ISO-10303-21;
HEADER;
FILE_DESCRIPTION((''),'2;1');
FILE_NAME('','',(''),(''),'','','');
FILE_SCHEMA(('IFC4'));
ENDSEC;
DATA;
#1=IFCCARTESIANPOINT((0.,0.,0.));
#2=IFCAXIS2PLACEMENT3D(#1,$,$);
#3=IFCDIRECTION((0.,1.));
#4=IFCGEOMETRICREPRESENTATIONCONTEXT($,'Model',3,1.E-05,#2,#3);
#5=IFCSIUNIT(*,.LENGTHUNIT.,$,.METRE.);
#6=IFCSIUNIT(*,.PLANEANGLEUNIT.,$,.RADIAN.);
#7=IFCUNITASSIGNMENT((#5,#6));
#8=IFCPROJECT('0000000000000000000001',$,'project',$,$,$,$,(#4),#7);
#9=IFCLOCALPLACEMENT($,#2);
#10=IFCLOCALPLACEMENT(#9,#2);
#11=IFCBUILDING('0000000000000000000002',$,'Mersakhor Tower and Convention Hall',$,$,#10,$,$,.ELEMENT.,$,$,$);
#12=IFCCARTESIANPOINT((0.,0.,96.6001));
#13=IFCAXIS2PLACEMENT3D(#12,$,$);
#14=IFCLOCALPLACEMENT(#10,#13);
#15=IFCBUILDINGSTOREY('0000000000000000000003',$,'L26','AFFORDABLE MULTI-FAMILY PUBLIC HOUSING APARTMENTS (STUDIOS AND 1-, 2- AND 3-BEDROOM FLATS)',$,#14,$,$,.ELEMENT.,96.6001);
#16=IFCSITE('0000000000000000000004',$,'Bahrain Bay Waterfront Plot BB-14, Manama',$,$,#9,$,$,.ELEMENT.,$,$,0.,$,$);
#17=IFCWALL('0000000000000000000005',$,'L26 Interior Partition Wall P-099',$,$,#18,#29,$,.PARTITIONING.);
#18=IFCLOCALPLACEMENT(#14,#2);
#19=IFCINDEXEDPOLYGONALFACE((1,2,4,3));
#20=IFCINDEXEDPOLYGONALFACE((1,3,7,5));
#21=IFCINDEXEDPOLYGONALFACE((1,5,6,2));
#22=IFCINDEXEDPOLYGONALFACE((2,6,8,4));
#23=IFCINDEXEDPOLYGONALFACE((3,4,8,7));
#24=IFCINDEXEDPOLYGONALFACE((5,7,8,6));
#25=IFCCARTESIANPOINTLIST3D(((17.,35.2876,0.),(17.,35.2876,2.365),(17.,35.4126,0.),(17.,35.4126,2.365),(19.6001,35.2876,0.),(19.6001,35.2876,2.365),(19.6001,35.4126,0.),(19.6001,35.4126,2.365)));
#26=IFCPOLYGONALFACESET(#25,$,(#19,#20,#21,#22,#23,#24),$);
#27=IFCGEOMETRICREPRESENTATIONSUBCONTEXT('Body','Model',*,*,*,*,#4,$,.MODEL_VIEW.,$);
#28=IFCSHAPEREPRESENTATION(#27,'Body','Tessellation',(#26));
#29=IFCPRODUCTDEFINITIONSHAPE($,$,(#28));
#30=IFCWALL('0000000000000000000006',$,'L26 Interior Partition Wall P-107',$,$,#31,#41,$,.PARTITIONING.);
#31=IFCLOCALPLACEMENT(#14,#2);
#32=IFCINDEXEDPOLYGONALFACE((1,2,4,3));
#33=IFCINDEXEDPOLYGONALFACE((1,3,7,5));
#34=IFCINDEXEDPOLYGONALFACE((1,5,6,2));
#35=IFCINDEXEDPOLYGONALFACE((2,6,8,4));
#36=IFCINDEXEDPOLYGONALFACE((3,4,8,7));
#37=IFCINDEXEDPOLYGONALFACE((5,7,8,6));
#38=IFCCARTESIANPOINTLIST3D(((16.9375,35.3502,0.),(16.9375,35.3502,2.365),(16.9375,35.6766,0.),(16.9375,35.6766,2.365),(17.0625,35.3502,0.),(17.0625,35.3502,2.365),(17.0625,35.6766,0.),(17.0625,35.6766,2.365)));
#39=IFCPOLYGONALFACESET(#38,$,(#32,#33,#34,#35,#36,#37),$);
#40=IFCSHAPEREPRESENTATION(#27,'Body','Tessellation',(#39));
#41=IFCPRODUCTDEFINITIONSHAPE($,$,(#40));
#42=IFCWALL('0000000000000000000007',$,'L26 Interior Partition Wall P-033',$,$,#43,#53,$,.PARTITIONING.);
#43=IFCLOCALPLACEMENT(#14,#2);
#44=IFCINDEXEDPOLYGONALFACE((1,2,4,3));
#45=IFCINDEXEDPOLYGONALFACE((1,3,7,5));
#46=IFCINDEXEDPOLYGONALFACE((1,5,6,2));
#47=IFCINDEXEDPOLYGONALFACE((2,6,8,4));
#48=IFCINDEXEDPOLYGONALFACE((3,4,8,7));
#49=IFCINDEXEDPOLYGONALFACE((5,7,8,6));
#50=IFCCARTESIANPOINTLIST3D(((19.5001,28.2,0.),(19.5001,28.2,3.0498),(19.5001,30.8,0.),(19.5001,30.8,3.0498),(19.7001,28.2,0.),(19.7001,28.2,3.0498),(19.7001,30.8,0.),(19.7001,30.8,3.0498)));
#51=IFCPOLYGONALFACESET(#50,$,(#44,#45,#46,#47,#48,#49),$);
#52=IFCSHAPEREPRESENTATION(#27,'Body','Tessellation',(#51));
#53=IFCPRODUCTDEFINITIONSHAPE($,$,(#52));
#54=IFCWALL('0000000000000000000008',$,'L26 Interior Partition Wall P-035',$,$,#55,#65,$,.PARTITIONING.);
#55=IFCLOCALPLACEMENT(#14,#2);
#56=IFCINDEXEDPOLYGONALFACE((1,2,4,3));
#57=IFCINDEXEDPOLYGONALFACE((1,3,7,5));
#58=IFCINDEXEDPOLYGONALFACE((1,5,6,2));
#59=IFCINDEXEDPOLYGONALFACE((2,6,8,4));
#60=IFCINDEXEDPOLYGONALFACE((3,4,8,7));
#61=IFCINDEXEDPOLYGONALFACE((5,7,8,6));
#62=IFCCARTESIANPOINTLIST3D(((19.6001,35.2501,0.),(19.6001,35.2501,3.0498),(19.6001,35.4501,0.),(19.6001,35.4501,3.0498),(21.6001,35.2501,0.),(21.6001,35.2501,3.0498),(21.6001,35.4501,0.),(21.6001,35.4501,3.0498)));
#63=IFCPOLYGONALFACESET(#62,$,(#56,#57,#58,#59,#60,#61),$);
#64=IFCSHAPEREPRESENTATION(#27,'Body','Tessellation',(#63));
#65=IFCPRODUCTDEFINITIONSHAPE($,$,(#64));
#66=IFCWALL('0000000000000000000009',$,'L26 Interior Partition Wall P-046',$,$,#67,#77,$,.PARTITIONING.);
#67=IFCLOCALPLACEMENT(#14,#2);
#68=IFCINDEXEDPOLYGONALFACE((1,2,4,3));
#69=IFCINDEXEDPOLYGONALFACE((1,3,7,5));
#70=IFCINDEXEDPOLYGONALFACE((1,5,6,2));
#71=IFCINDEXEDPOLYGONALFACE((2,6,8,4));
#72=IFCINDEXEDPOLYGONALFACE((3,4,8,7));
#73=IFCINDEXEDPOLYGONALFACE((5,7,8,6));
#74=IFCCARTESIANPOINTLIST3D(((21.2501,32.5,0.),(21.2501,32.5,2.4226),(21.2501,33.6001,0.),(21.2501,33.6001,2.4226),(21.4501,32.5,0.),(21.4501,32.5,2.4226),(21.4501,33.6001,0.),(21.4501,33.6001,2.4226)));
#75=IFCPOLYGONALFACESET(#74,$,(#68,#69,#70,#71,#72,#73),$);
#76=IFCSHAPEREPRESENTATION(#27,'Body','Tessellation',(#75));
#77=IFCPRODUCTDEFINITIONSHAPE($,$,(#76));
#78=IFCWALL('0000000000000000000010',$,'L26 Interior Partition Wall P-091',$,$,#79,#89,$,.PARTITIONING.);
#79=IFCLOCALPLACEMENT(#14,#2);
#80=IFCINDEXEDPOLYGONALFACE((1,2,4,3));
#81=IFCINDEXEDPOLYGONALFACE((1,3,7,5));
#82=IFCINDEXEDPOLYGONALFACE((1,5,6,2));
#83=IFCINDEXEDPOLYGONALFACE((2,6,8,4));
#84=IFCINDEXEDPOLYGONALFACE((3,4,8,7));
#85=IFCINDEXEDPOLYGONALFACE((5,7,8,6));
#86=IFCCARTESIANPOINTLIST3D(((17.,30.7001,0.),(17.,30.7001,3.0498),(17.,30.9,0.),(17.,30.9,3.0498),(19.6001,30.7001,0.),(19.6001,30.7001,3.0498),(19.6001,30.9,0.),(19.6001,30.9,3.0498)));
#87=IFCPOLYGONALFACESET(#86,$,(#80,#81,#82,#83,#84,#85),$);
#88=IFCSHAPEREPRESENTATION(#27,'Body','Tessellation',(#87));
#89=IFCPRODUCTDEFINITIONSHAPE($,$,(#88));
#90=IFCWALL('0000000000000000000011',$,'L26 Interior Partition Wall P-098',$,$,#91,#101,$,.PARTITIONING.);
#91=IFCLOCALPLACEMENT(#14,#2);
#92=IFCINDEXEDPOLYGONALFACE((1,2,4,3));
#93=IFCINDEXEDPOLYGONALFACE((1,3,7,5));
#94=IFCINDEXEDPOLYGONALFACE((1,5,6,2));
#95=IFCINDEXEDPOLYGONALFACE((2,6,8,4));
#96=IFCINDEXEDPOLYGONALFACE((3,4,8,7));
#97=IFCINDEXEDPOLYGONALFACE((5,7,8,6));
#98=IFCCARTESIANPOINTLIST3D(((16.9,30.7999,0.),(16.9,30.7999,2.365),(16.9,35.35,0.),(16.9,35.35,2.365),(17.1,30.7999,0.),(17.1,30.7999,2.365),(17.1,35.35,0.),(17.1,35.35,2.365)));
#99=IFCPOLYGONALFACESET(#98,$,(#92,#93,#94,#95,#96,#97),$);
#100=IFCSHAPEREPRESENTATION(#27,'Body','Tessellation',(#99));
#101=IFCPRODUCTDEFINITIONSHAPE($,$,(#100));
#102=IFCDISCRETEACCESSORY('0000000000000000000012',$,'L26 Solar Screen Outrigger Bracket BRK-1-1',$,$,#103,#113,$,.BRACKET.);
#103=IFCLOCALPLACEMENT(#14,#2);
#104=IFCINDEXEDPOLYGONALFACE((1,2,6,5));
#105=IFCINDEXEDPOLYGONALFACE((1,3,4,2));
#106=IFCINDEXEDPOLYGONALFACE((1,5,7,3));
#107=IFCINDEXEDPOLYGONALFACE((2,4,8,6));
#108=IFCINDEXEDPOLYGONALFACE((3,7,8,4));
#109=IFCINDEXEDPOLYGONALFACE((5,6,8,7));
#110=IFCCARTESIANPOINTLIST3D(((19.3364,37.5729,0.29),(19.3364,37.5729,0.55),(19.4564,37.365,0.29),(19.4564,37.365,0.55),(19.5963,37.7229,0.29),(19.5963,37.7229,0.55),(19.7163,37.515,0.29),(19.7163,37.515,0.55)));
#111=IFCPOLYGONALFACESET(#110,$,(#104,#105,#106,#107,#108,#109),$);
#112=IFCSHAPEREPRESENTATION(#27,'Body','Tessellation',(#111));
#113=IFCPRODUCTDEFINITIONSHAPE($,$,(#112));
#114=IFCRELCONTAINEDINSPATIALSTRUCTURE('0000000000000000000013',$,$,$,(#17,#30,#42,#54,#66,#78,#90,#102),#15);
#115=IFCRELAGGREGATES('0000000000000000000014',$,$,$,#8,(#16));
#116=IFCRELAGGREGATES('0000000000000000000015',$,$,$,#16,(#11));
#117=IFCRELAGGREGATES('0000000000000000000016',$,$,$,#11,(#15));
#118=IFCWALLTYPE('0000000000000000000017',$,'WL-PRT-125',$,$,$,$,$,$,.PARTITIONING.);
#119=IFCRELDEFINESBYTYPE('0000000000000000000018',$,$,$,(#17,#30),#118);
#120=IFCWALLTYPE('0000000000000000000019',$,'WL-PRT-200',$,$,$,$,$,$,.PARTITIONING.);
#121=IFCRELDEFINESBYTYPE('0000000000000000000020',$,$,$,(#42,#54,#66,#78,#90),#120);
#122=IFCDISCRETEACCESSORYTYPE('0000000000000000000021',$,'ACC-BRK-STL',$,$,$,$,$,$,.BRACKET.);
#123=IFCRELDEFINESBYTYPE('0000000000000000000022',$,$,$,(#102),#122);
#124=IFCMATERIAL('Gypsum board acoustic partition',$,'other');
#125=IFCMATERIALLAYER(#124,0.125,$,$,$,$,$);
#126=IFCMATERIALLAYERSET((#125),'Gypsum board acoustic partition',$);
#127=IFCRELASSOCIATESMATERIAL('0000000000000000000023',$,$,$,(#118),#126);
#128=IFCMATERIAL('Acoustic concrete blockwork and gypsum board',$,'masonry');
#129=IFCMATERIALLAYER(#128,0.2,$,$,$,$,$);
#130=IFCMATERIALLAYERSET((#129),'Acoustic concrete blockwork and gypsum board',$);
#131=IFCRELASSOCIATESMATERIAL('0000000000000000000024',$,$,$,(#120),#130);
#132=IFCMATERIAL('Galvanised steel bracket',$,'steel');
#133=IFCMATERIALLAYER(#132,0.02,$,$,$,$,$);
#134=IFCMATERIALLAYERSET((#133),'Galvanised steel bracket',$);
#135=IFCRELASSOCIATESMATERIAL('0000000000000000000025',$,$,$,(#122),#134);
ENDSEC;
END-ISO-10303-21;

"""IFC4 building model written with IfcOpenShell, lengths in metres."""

from ifc_helpers import new_model, si_unit, direction, frame, frame_2d, origin, origin_2d, place, context, subcontext, project, spatial, rectangle, extrude, material, layer, layer_set, type_object, element, save


model = new_model("IFC4")

# Units and contexts
model_context = context("Model", 3, precision=1e-05, world=origin(), true_north=direction((0.0, 1.0)))
body_context = subcontext(model_context, "Body", "Model", "MODEL_VIEW")
ifc_project = project(units=[si_unit("LENGTHUNIT", "METRE"), si_unit("PLANEANGLEUNIT", "RADIAN")], contexts=[model_context])

# Site, building, storey
site_placement = place(None, origin())
site = spatial("IfcSite", under=ifc_project, at=site_placement, Name="Bahrain Bay Waterfront Plot BB-14, Manama", CompositionType="ELEMENT", RefElevation=0.0)
building_placement = place(site_placement, origin())
building = spatial("IfcBuilding", under=site, at=building_placement, Name="Mersakhor Tower and Convention Hall", CompositionType="ELEMENT")
storey_placement = place(building_placement, frame((0.0, 0.0, 96.6001)))
storey = spatial("IfcBuildingStorey", under=building, at=storey_placement, Name="L26", Description="AFFORDABLE MULTI-FAMILY PUBLIC HOUSING APARTMENTS (STUDIOS AND 1-, 2- AND 3-BEDROOM FLATS)", CompositionType="ELEMENT", Elevation=96.6001)

# Walls
ifc_material_1 = material(Name="Gypsum board acoustic partition", Category="other")
ifc_layer_1 = layer(ifc_material_1, 0.125)
ifc_layer_set_1 = layer_set([ifc_layer_1], Name="Gypsum board acoustic partition")
wall_type_1 = type_object("IfcWallType", Name="WL-PRT-125", PredefinedType="PARTITIONING", material=ifc_layer_set_1)
wall_1_placement = place(storey_placement, frame((17.0, 35.3501, 0.0), z_axis=(0.0, 0.0, 1.0), x_axis=(1.0, 0.0, 0.0)))
element("IfcWall", 1, at=wall_1_placement, inside=storey, type_object=wall_type_1, Name="L26 Interior Partition Wall P-099", PredefinedType="PARTITIONING", context=body_context, shape_type="SweptSolid", body=[
    extrude(rectangle(XDim=2.6001, YDim=0.125, at=frame_2d((1.3, 0.0))), origin(), (0.0, 0.0, 1.0), 2.365),
])
wall_2_placement = place(storey_placement, frame((17.0, 35.6765, 0.0), z_axis=(0.0, 0.0, 1.0), x_axis=(0.0, -1.0, 0.0)))
element("IfcWall", 2, at=wall_2_placement, inside=storey, type_object=wall_type_1, Name="L26 Interior Partition Wall P-107", PredefinedType="PARTITIONING", context=body_context, shape_type="SweptSolid", body=[
    extrude(rectangle(XDim=0.3264, YDim=0.125, at=frame_2d((0.1631, 0.0))), origin(), (0.0, 0.0, 1.0), 2.365),
])
ifc_material_2 = material(Name="Acoustic concrete blockwork and gypsum board", Category="masonry")
ifc_layer_2 = layer(ifc_material_2, 0.2)
ifc_layer_set_2 = layer_set([ifc_layer_2], Name="Acoustic concrete blockwork and gypsum board")
wall_type_2 = type_object("IfcWallType", Name="WL-PRT-200", PredefinedType="PARTITIONING", material=ifc_layer_set_2)
wall_3_placement = place(storey_placement, frame((19.6001, 28.2, 0.0), z_axis=(0.0, 0.0, 1.0), x_axis=(0.0, 1.0, 0.0)))
element("IfcWall", 3, at=wall_3_placement, inside=storey, type_object=wall_type_2, Name="L26 Interior Partition Wall P-033", PredefinedType="PARTITIONING", context=body_context, shape_type="SweptSolid", body=[
    extrude(rectangle(XDim=2.6001, YDim=0.2, at=frame_2d((1.3, 0.0))), origin(), (0.0, 0.0, 1.0), 3.0498),
])

# Walls
wall_4_placement = place(storey_placement, frame((19.6001, 35.3501, 0.0), z_axis=(0.0, 0.0, 1.0), x_axis=(1.0, 0.0, 0.0)))
element("IfcWall", 4, at=wall_4_placement, inside=storey, type_object=wall_type_2, Name="L26 Interior Partition Wall P-035", PredefinedType="PARTITIONING", context=body_context, shape_type="SweptSolid", body=[
    extrude(rectangle(XDim=2.0, YDim=0.2, at=frame_2d((1.0, 0.0))), origin(), (0.0, 0.0, 1.0), 3.0498),
])
wall_5_placement = place(storey_placement, frame((21.3501, 33.6001, 0.0), z_axis=(0.0, 0.0, 1.0), x_axis=(0.0, -1.0, 0.0)))
element("IfcWall", 5, at=wall_5_placement, inside=storey, type_object=wall_type_2, Name="L26 Interior Partition Wall P-046", PredefinedType="PARTITIONING", context=body_context, shape_type="SweptSolid", body=[
    extrude(rectangle(XDim=1.1001, YDim=0.2, at=frame_2d((0.55, 0.0))), origin(), (0.0, 0.0, 1.0), 2.4226),
])
wall_6_placement = place(storey_placement, frame((17.0, 30.8, 0.0), z_axis=(0.0, 0.0, 1.0), x_axis=(1.0, 0.0, 0.0)))
element("IfcWall", 6, at=wall_6_placement, inside=storey, type_object=wall_type_2, Name="L26 Interior Partition Wall P-091", PredefinedType="PARTITIONING", context=body_context, shape_type="SweptSolid", body=[
    extrude(rectangle(XDim=2.6001, YDim=0.2, at=frame_2d((1.3, 0.0))), origin(), (0.0, 0.0, 1.0), 3.0498),
])
wall_7_placement = place(storey_placement, frame((17.0, 30.8, 0.0), z_axis=(0.0, 0.0, 1.0), x_axis=(0.0, 1.0, 0.0)))
element("IfcWall", 7, at=wall_7_placement, inside=storey, type_object=wall_type_2, Name="L26 Interior Partition Wall P-098", PredefinedType="PARTITIONING", context=body_context, shape_type="SweptSolid", body=[
    extrude(rectangle(XDim=4.55, YDim=0.2, at=frame_2d((2.2749, 0.0))), origin(), (0.0, 0.0, 1.0), 2.365),
])

# Discrete accessory
ifc_material_3 = material(Name="Galvanised steel bracket", Category="steel")
ifc_layer_3 = layer(ifc_material_3, 0.02)
ifc_layer_set_3 = layer_set([ifc_layer_3], Name="Galvanised steel bracket")
discrete_accessory_type = type_object("IfcDiscreteAccessoryType", Name="ACC-BRK-STL", PredefinedType="BRACKET", material=ifc_layer_set_3)
discrete_accessory_placement = place(storey_placement, frame((19.5264, 37.5439, 0.29), z_axis=(0.0, 0.0, 1.0), x_axis=(0.866025, 0.5, 0.0)))
element("IfcDiscreteAccessory", 8, at=discrete_accessory_placement, inside=storey, type_object=discrete_accessory_type, Name="L26 Solar Screen Outrigger Bracket BRK-1-1", PredefinedType="BRACKET", context=body_context, shape_type="SweptSolid", body=[
    extrude(rectangle(XDim=0.3, YDim=0.24, at=origin_2d()), origin(), (0.0, 0.0, 1.0), 0.26),
])

save(model, "model.ifc")
